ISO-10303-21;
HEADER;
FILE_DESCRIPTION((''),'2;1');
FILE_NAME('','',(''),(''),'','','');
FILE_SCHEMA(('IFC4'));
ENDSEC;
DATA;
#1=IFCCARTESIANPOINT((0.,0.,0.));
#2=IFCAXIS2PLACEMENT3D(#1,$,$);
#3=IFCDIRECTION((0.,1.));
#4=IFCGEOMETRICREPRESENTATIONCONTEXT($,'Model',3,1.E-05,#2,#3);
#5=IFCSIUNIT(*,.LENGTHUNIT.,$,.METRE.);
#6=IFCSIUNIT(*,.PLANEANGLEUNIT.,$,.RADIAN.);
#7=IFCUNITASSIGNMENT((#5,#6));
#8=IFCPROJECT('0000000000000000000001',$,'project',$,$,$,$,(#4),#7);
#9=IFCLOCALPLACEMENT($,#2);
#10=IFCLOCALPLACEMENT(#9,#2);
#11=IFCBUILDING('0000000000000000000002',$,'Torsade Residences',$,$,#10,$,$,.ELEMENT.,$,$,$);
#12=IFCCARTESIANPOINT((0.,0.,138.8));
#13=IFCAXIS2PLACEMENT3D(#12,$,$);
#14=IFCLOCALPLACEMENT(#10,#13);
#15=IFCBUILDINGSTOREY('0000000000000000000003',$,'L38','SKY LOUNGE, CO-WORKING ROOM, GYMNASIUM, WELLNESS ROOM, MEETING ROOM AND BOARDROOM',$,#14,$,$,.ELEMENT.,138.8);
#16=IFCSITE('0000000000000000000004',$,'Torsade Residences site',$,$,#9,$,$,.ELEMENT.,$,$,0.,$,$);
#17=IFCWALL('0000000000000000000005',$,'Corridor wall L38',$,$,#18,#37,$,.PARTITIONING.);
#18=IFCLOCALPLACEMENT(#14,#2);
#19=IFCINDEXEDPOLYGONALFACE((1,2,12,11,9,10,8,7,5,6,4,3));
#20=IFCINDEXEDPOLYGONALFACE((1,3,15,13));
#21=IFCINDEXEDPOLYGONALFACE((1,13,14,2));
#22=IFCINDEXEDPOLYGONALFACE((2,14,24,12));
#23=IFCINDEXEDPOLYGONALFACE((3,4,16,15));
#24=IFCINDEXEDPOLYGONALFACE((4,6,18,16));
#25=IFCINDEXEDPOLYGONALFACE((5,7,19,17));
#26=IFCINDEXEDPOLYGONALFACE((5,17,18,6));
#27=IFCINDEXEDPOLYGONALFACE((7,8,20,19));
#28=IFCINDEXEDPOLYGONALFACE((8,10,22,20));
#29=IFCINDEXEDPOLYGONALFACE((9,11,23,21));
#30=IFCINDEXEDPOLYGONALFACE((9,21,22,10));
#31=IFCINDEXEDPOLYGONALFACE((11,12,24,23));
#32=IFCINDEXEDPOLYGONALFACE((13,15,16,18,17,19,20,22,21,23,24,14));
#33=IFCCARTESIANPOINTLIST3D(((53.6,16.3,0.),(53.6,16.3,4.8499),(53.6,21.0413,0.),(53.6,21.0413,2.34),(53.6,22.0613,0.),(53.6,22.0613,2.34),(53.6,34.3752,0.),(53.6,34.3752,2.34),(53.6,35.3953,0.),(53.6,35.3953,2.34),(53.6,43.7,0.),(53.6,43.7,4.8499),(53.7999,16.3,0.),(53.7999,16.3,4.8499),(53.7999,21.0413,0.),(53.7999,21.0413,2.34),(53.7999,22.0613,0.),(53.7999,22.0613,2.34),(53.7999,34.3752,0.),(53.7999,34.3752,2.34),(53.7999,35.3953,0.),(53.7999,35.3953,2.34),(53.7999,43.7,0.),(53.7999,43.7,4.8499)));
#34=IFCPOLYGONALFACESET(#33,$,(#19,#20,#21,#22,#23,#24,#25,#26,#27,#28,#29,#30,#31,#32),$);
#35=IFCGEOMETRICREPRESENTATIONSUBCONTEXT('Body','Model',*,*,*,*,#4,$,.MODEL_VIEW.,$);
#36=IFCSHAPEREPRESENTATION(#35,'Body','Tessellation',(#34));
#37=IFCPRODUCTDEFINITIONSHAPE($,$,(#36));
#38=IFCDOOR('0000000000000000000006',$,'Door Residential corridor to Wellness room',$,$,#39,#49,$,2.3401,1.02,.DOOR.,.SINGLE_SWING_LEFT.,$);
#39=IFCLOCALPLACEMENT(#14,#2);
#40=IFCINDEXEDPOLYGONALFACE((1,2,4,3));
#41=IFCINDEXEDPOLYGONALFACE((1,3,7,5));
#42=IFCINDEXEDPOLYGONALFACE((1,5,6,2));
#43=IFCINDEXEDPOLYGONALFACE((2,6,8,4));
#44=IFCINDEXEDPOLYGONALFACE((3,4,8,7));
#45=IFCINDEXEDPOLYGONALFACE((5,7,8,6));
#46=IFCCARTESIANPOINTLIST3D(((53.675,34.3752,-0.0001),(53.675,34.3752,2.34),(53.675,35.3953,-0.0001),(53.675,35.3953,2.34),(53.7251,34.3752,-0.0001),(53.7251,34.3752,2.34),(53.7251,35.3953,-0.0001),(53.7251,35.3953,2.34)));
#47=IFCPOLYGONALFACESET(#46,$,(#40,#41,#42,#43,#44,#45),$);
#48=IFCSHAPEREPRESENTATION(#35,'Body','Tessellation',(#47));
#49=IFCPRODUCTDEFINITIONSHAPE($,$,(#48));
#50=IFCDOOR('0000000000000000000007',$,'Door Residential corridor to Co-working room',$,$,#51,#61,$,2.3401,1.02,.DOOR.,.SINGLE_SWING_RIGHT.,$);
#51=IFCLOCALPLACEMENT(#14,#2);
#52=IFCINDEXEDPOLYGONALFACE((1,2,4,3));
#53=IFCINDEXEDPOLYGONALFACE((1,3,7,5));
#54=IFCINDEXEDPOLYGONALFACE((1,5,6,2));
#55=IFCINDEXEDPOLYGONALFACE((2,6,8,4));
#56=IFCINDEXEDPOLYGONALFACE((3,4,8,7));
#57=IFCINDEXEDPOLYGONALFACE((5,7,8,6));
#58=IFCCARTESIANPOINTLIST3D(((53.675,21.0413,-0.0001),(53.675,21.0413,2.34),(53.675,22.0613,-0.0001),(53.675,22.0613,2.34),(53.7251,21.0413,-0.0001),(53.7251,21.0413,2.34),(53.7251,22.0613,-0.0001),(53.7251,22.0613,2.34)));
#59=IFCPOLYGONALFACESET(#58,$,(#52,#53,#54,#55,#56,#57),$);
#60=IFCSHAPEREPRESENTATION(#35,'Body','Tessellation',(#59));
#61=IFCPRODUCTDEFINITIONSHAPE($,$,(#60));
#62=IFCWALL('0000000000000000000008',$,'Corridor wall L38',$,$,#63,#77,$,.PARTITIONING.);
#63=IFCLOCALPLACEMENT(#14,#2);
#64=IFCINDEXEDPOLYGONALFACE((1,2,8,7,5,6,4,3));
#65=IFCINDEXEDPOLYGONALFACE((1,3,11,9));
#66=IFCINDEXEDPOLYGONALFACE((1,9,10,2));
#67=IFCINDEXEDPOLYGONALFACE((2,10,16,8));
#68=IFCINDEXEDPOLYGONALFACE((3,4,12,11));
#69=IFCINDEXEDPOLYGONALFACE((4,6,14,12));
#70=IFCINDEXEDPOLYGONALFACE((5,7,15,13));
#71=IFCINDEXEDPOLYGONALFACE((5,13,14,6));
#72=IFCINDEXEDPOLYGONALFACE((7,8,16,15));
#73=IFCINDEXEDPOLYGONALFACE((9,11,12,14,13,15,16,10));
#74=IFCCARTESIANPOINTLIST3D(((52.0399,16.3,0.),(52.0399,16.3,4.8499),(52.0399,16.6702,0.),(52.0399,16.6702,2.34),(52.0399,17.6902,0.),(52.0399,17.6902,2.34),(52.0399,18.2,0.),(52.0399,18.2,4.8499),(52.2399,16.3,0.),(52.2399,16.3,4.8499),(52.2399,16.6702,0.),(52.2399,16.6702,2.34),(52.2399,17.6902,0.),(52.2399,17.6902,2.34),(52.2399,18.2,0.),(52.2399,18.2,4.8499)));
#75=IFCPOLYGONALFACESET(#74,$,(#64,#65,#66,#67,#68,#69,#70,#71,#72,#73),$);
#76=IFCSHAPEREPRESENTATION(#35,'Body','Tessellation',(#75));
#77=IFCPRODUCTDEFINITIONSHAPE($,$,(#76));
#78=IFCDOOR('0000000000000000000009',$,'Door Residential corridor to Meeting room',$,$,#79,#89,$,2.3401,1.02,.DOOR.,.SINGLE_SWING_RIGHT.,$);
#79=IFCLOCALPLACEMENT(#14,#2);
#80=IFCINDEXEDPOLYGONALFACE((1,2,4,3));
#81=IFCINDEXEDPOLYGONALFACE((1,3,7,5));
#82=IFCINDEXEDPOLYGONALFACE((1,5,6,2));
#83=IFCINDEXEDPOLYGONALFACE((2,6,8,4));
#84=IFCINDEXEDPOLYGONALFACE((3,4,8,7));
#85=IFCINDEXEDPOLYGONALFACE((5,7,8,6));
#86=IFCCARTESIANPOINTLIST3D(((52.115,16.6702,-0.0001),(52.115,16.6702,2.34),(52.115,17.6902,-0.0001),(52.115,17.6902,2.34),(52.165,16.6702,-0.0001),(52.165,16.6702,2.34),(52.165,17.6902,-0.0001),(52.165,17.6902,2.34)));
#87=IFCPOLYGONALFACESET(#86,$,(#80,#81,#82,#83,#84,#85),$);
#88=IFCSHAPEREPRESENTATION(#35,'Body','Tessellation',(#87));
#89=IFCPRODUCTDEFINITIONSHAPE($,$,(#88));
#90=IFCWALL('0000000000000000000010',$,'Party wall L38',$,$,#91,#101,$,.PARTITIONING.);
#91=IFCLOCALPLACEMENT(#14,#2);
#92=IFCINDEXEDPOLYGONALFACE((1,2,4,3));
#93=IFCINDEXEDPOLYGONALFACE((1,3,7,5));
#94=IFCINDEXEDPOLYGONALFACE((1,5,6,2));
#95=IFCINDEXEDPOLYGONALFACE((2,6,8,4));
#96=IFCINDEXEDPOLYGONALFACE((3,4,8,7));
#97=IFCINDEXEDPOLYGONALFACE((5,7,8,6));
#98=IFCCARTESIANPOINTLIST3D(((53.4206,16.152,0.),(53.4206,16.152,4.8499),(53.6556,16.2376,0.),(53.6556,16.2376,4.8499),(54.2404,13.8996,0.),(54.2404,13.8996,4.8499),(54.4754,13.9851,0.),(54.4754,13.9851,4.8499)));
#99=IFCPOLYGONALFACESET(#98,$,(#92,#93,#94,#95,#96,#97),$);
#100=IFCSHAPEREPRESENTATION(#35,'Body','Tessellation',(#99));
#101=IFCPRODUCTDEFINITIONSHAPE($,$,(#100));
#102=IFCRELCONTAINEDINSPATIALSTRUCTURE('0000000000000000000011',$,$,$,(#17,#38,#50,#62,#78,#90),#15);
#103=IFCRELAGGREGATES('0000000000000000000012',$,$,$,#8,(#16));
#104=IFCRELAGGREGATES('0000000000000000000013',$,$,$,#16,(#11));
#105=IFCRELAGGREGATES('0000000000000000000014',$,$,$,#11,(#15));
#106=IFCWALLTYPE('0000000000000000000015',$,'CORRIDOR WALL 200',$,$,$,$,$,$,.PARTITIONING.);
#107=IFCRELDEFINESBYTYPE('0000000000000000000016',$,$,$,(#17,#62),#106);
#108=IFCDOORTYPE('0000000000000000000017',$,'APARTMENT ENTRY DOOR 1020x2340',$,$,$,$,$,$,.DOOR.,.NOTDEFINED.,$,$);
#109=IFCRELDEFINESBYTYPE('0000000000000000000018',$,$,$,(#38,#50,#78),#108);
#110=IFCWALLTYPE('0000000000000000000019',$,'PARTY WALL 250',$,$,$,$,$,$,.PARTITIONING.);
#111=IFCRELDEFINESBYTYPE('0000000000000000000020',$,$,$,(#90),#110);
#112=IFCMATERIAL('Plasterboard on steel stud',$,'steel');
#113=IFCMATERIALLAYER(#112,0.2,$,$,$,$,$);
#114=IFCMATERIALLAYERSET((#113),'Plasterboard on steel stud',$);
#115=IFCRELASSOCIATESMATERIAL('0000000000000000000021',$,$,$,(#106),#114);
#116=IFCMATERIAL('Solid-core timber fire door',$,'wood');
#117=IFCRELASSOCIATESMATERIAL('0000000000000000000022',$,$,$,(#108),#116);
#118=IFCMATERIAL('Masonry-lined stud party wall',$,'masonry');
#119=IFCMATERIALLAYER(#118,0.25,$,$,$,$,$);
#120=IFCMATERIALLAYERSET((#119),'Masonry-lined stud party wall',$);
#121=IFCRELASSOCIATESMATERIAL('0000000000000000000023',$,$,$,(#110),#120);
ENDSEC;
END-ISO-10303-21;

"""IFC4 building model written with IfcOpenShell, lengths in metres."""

from ifc_helpers import new_model, si_unit, direction, frame, frame_2d, origin, place, context, subcontext, project, spatial, rectangle, extrude, material, layer, layer_set, type_object, element, fill, save


model = new_model("IFC4")

# Units and contexts
model_context = context("Model", 3, precision=1e-05, world=origin(), true_north=direction((0.0, 1.0)))
body_context = subcontext(model_context, "Body", "Model", "MODEL_VIEW")
ifc_project = project(units=[si_unit("LENGTHUNIT", "METRE"), si_unit("PLANEANGLEUNIT", "RADIAN")], contexts=[model_context])

# Site, building, storey
site_placement = place(None, origin())
site = spatial("IfcSite", under=ifc_project, at=site_placement, Name="Torsade Residences site", CompositionType="ELEMENT", RefElevation=0.0)
building_placement = place(site_placement, origin())
building = spatial("IfcBuilding", under=site, at=building_placement, Name="Torsade Residences", CompositionType="ELEMENT")
storey_placement = place(building_placement, frame((0.0, 0.0, 138.8)))
storey = spatial("IfcBuildingStorey", under=building, at=storey_placement, Name="L38", Description="SKY LOUNGE, CO-WORKING ROOM, GYMNASIUM, WELLNESS ROOM, MEETING ROOM AND BOARDROOM", CompositionType="ELEMENT", Elevation=138.8)

# Wall, openings, doors
ifc_material_1 = material(Name="Plasterboard on steel stud", Category="steel")
ifc_layer_1 = layer(ifc_material_1, 0.2)
ifc_layer_set_1 = layer_set([ifc_layer_1], Name="Plasterboard on steel stud")
wall_type_1 = type_object("IfcWallType", Name="CORRIDOR WALL 200", PredefinedType="PARTITIONING", material=ifc_layer_set_1)
wall_1_placement = place(storey_placement, frame((53.7, 16.3, 0.0), z_axis=(0.0, 0.0, 1.0), x_axis=(0.0, 1.0, 0.0)))
wall_1 = element("IfcWall", 1, at=wall_1_placement, inside=storey, type_object=wall_type_1, Name="Corridor wall L38", PredefinedType="PARTITIONING", context=body_context, shape_type="SweptSolid", body=[
    extrude(rectangle(XDim=27.3999, YDim=0.2, at=frame_2d((13.7, 0.0))), origin(), (0.0, 0.0, 1.0), 4.8499),
])
opening_1_placement = place(wall_1_placement, frame((18.0752, 0.0, 0.0)))
opening_1 = element("IfcOpeningElement", 2, at=opening_1_placement, cuts=wall_1, PredefinedType="OPENING", context=body_context, shape_type="SweptSolid", body=[
    extrude(rectangle(XDim=1.02, YDim=2.3401, at=frame_2d((0.51, 1.1699))), frame((0.0, 0.1099, 0.0), z_axis=(0.0, -1.0, 0.0), x_axis=(1.0, 0.0, 0.0)), (0.0, 0.0, 1.0), 0.22),
])
opening_2_placement = place(wall_1_placement, frame((4.7412, 0.0, 0.0)))
opening_2 = element("IfcOpeningElement", 3, at=opening_2_placement, cuts=wall_1, PredefinedType="OPENING", context=body_context, shape_type="SweptSolid", body=[
    extrude(rectangle(XDim=1.02, YDim=2.3401, at=frame_2d((0.51, 1.1699))), frame((0.0, 0.1099, 0.0), z_axis=(0.0, -1.0, 0.0), x_axis=(1.0, 0.0, 0.0)), (0.0, 0.0, 1.0), 0.22),
])
ifc_material_2 = material(Name="Solid-core timber fire door", Category="wood")
door_type = type_object("IfcDoorType", Name="APARTMENT ENTRY DOOR 1020x2340", OperationType="NOTDEFINED", PredefinedType="DOOR", material=ifc_material_2)
door_1_placement = place(opening_1_placement, origin())
door_1 = element("IfcDoor", 4, at=door_1_placement, inside=storey, type_object=door_type, Name="Door Residential corridor to Wellness room", OperationType="SINGLE_SWING_LEFT", OverallHeight=2.3401, OverallWidth=1.02, PredefinedType="DOOR", context=body_context, shape_type="SweptSolid", body=[
    extrude(rectangle(XDim=1.02, YDim=2.3401, at=frame_2d((0.51, 1.1699))), frame((0.0, 0.0249, 0.0), z_axis=(0.0, -1.0, 0.0), x_axis=(1.0, 0.0, 0.0)), (0.0, 0.0, 1.0), 0.05),
])
fill(opening_1, door_1)
door_2_placement = place(opening_2_placement, origin())
door_2 = element("IfcDoor", 5, at=door_2_placement, inside=storey, type_object=door_type, Name="Door Residential corridor to Co-working room", OperationType="SINGLE_SWING_RIGHT", OverallHeight=2.3401, OverallWidth=1.02, PredefinedType="DOOR", context=body_context, shape_type="SweptSolid", body=[
    extrude(rectangle(XDim=1.02, YDim=2.3401, at=frame_2d((0.51, 1.1699))), frame((0.0, 0.0249, 0.0), z_axis=(0.0, -1.0, 0.0), x_axis=(1.0, 0.0, 0.0)), (0.0, 0.0, 1.0), 0.05),
])
fill(opening_2, door_2)

# Wall, opening, door
wall_2_placement = place(storey_placement, frame((52.1399, 16.3, 0.0), z_axis=(0.0, 0.0, 1.0), x_axis=(0.0, 1.0, 0.0)))
wall_2 = element("IfcWall", 6, at=wall_2_placement, inside=storey, type_object=wall_type_1, Name="Corridor wall L38", PredefinedType="PARTITIONING", context=body_context, shape_type="SweptSolid", body=[
    extrude(rectangle(XDim=1.8999, YDim=0.2, at=frame_2d((0.95, 0.0))), origin(), (0.0, 0.0, 1.0), 4.8499),
])
opening_3_placement = place(wall_2_placement, frame((0.3701, 0.0, 0.0)))
opening_3 = element("IfcOpeningElement", 7, at=opening_3_placement, cuts=wall_2, PredefinedType="OPENING", context=body_context, shape_type="SweptSolid", body=[
    extrude(rectangle(XDim=1.02, YDim=2.3401, at=frame_2d((0.51, 1.1699))), frame((0.0, 0.1099, 0.0), z_axis=(0.0, -1.0, 0.0), x_axis=(1.0, 0.0, 0.0)), (0.0, 0.0, 1.0), 0.22),
])
door_3_placement = place(opening_3_placement, origin())
door_3 = element("IfcDoor", 8, at=door_3_placement, inside=storey, type_object=door_type, Name="Door Residential corridor to Meeting room", OperationType="SINGLE_SWING_RIGHT", OverallHeight=2.3401, OverallWidth=1.02, PredefinedType="DOOR", context=body_context, shape_type="SweptSolid", body=[
    extrude(rectangle(XDim=1.02, YDim=2.3401, at=frame_2d((0.51, 1.1699))), frame((0.0, 0.0249, 0.0), z_axis=(0.0, -1.0, 0.0), x_axis=(1.0, 0.0, 0.0)), (0.0, 0.0, 1.0), 0.05),
])
fill(opening_3, door_3)

# Wall
ifc_material_3 = material(Name="Masonry-lined stud party wall", Category="masonry")
ifc_layer_2 = layer(ifc_material_3, 0.25)
ifc_layer_set_2 = layer_set([ifc_layer_2], Name="Masonry-lined stud party wall")
wall_type_2 = type_object("IfcWallType", Name="PARTY WALL 250", PredefinedType="PARTITIONING", material=ifc_layer_set_2)
wall_3_placement = place(storey_placement, frame((54.3579, 13.9424, 0.0), z_axis=(0.0, 0.0, 1.0), x_axis=(-0.342021, 0.939692, 0.0)))
element("IfcWall", 9, at=wall_3_placement, inside=storey, type_object=wall_type_2, Name="Party wall L38", PredefinedType="PARTITIONING", context=body_context, shape_type="SweptSolid", body=[
    extrude(rectangle(XDim=2.397, YDim=0.25, at=frame_2d((1.1985, 0.0))), origin(), (0.0, 0.0, 1.0), 4.8499),
])

save(model, "model.ifc")
